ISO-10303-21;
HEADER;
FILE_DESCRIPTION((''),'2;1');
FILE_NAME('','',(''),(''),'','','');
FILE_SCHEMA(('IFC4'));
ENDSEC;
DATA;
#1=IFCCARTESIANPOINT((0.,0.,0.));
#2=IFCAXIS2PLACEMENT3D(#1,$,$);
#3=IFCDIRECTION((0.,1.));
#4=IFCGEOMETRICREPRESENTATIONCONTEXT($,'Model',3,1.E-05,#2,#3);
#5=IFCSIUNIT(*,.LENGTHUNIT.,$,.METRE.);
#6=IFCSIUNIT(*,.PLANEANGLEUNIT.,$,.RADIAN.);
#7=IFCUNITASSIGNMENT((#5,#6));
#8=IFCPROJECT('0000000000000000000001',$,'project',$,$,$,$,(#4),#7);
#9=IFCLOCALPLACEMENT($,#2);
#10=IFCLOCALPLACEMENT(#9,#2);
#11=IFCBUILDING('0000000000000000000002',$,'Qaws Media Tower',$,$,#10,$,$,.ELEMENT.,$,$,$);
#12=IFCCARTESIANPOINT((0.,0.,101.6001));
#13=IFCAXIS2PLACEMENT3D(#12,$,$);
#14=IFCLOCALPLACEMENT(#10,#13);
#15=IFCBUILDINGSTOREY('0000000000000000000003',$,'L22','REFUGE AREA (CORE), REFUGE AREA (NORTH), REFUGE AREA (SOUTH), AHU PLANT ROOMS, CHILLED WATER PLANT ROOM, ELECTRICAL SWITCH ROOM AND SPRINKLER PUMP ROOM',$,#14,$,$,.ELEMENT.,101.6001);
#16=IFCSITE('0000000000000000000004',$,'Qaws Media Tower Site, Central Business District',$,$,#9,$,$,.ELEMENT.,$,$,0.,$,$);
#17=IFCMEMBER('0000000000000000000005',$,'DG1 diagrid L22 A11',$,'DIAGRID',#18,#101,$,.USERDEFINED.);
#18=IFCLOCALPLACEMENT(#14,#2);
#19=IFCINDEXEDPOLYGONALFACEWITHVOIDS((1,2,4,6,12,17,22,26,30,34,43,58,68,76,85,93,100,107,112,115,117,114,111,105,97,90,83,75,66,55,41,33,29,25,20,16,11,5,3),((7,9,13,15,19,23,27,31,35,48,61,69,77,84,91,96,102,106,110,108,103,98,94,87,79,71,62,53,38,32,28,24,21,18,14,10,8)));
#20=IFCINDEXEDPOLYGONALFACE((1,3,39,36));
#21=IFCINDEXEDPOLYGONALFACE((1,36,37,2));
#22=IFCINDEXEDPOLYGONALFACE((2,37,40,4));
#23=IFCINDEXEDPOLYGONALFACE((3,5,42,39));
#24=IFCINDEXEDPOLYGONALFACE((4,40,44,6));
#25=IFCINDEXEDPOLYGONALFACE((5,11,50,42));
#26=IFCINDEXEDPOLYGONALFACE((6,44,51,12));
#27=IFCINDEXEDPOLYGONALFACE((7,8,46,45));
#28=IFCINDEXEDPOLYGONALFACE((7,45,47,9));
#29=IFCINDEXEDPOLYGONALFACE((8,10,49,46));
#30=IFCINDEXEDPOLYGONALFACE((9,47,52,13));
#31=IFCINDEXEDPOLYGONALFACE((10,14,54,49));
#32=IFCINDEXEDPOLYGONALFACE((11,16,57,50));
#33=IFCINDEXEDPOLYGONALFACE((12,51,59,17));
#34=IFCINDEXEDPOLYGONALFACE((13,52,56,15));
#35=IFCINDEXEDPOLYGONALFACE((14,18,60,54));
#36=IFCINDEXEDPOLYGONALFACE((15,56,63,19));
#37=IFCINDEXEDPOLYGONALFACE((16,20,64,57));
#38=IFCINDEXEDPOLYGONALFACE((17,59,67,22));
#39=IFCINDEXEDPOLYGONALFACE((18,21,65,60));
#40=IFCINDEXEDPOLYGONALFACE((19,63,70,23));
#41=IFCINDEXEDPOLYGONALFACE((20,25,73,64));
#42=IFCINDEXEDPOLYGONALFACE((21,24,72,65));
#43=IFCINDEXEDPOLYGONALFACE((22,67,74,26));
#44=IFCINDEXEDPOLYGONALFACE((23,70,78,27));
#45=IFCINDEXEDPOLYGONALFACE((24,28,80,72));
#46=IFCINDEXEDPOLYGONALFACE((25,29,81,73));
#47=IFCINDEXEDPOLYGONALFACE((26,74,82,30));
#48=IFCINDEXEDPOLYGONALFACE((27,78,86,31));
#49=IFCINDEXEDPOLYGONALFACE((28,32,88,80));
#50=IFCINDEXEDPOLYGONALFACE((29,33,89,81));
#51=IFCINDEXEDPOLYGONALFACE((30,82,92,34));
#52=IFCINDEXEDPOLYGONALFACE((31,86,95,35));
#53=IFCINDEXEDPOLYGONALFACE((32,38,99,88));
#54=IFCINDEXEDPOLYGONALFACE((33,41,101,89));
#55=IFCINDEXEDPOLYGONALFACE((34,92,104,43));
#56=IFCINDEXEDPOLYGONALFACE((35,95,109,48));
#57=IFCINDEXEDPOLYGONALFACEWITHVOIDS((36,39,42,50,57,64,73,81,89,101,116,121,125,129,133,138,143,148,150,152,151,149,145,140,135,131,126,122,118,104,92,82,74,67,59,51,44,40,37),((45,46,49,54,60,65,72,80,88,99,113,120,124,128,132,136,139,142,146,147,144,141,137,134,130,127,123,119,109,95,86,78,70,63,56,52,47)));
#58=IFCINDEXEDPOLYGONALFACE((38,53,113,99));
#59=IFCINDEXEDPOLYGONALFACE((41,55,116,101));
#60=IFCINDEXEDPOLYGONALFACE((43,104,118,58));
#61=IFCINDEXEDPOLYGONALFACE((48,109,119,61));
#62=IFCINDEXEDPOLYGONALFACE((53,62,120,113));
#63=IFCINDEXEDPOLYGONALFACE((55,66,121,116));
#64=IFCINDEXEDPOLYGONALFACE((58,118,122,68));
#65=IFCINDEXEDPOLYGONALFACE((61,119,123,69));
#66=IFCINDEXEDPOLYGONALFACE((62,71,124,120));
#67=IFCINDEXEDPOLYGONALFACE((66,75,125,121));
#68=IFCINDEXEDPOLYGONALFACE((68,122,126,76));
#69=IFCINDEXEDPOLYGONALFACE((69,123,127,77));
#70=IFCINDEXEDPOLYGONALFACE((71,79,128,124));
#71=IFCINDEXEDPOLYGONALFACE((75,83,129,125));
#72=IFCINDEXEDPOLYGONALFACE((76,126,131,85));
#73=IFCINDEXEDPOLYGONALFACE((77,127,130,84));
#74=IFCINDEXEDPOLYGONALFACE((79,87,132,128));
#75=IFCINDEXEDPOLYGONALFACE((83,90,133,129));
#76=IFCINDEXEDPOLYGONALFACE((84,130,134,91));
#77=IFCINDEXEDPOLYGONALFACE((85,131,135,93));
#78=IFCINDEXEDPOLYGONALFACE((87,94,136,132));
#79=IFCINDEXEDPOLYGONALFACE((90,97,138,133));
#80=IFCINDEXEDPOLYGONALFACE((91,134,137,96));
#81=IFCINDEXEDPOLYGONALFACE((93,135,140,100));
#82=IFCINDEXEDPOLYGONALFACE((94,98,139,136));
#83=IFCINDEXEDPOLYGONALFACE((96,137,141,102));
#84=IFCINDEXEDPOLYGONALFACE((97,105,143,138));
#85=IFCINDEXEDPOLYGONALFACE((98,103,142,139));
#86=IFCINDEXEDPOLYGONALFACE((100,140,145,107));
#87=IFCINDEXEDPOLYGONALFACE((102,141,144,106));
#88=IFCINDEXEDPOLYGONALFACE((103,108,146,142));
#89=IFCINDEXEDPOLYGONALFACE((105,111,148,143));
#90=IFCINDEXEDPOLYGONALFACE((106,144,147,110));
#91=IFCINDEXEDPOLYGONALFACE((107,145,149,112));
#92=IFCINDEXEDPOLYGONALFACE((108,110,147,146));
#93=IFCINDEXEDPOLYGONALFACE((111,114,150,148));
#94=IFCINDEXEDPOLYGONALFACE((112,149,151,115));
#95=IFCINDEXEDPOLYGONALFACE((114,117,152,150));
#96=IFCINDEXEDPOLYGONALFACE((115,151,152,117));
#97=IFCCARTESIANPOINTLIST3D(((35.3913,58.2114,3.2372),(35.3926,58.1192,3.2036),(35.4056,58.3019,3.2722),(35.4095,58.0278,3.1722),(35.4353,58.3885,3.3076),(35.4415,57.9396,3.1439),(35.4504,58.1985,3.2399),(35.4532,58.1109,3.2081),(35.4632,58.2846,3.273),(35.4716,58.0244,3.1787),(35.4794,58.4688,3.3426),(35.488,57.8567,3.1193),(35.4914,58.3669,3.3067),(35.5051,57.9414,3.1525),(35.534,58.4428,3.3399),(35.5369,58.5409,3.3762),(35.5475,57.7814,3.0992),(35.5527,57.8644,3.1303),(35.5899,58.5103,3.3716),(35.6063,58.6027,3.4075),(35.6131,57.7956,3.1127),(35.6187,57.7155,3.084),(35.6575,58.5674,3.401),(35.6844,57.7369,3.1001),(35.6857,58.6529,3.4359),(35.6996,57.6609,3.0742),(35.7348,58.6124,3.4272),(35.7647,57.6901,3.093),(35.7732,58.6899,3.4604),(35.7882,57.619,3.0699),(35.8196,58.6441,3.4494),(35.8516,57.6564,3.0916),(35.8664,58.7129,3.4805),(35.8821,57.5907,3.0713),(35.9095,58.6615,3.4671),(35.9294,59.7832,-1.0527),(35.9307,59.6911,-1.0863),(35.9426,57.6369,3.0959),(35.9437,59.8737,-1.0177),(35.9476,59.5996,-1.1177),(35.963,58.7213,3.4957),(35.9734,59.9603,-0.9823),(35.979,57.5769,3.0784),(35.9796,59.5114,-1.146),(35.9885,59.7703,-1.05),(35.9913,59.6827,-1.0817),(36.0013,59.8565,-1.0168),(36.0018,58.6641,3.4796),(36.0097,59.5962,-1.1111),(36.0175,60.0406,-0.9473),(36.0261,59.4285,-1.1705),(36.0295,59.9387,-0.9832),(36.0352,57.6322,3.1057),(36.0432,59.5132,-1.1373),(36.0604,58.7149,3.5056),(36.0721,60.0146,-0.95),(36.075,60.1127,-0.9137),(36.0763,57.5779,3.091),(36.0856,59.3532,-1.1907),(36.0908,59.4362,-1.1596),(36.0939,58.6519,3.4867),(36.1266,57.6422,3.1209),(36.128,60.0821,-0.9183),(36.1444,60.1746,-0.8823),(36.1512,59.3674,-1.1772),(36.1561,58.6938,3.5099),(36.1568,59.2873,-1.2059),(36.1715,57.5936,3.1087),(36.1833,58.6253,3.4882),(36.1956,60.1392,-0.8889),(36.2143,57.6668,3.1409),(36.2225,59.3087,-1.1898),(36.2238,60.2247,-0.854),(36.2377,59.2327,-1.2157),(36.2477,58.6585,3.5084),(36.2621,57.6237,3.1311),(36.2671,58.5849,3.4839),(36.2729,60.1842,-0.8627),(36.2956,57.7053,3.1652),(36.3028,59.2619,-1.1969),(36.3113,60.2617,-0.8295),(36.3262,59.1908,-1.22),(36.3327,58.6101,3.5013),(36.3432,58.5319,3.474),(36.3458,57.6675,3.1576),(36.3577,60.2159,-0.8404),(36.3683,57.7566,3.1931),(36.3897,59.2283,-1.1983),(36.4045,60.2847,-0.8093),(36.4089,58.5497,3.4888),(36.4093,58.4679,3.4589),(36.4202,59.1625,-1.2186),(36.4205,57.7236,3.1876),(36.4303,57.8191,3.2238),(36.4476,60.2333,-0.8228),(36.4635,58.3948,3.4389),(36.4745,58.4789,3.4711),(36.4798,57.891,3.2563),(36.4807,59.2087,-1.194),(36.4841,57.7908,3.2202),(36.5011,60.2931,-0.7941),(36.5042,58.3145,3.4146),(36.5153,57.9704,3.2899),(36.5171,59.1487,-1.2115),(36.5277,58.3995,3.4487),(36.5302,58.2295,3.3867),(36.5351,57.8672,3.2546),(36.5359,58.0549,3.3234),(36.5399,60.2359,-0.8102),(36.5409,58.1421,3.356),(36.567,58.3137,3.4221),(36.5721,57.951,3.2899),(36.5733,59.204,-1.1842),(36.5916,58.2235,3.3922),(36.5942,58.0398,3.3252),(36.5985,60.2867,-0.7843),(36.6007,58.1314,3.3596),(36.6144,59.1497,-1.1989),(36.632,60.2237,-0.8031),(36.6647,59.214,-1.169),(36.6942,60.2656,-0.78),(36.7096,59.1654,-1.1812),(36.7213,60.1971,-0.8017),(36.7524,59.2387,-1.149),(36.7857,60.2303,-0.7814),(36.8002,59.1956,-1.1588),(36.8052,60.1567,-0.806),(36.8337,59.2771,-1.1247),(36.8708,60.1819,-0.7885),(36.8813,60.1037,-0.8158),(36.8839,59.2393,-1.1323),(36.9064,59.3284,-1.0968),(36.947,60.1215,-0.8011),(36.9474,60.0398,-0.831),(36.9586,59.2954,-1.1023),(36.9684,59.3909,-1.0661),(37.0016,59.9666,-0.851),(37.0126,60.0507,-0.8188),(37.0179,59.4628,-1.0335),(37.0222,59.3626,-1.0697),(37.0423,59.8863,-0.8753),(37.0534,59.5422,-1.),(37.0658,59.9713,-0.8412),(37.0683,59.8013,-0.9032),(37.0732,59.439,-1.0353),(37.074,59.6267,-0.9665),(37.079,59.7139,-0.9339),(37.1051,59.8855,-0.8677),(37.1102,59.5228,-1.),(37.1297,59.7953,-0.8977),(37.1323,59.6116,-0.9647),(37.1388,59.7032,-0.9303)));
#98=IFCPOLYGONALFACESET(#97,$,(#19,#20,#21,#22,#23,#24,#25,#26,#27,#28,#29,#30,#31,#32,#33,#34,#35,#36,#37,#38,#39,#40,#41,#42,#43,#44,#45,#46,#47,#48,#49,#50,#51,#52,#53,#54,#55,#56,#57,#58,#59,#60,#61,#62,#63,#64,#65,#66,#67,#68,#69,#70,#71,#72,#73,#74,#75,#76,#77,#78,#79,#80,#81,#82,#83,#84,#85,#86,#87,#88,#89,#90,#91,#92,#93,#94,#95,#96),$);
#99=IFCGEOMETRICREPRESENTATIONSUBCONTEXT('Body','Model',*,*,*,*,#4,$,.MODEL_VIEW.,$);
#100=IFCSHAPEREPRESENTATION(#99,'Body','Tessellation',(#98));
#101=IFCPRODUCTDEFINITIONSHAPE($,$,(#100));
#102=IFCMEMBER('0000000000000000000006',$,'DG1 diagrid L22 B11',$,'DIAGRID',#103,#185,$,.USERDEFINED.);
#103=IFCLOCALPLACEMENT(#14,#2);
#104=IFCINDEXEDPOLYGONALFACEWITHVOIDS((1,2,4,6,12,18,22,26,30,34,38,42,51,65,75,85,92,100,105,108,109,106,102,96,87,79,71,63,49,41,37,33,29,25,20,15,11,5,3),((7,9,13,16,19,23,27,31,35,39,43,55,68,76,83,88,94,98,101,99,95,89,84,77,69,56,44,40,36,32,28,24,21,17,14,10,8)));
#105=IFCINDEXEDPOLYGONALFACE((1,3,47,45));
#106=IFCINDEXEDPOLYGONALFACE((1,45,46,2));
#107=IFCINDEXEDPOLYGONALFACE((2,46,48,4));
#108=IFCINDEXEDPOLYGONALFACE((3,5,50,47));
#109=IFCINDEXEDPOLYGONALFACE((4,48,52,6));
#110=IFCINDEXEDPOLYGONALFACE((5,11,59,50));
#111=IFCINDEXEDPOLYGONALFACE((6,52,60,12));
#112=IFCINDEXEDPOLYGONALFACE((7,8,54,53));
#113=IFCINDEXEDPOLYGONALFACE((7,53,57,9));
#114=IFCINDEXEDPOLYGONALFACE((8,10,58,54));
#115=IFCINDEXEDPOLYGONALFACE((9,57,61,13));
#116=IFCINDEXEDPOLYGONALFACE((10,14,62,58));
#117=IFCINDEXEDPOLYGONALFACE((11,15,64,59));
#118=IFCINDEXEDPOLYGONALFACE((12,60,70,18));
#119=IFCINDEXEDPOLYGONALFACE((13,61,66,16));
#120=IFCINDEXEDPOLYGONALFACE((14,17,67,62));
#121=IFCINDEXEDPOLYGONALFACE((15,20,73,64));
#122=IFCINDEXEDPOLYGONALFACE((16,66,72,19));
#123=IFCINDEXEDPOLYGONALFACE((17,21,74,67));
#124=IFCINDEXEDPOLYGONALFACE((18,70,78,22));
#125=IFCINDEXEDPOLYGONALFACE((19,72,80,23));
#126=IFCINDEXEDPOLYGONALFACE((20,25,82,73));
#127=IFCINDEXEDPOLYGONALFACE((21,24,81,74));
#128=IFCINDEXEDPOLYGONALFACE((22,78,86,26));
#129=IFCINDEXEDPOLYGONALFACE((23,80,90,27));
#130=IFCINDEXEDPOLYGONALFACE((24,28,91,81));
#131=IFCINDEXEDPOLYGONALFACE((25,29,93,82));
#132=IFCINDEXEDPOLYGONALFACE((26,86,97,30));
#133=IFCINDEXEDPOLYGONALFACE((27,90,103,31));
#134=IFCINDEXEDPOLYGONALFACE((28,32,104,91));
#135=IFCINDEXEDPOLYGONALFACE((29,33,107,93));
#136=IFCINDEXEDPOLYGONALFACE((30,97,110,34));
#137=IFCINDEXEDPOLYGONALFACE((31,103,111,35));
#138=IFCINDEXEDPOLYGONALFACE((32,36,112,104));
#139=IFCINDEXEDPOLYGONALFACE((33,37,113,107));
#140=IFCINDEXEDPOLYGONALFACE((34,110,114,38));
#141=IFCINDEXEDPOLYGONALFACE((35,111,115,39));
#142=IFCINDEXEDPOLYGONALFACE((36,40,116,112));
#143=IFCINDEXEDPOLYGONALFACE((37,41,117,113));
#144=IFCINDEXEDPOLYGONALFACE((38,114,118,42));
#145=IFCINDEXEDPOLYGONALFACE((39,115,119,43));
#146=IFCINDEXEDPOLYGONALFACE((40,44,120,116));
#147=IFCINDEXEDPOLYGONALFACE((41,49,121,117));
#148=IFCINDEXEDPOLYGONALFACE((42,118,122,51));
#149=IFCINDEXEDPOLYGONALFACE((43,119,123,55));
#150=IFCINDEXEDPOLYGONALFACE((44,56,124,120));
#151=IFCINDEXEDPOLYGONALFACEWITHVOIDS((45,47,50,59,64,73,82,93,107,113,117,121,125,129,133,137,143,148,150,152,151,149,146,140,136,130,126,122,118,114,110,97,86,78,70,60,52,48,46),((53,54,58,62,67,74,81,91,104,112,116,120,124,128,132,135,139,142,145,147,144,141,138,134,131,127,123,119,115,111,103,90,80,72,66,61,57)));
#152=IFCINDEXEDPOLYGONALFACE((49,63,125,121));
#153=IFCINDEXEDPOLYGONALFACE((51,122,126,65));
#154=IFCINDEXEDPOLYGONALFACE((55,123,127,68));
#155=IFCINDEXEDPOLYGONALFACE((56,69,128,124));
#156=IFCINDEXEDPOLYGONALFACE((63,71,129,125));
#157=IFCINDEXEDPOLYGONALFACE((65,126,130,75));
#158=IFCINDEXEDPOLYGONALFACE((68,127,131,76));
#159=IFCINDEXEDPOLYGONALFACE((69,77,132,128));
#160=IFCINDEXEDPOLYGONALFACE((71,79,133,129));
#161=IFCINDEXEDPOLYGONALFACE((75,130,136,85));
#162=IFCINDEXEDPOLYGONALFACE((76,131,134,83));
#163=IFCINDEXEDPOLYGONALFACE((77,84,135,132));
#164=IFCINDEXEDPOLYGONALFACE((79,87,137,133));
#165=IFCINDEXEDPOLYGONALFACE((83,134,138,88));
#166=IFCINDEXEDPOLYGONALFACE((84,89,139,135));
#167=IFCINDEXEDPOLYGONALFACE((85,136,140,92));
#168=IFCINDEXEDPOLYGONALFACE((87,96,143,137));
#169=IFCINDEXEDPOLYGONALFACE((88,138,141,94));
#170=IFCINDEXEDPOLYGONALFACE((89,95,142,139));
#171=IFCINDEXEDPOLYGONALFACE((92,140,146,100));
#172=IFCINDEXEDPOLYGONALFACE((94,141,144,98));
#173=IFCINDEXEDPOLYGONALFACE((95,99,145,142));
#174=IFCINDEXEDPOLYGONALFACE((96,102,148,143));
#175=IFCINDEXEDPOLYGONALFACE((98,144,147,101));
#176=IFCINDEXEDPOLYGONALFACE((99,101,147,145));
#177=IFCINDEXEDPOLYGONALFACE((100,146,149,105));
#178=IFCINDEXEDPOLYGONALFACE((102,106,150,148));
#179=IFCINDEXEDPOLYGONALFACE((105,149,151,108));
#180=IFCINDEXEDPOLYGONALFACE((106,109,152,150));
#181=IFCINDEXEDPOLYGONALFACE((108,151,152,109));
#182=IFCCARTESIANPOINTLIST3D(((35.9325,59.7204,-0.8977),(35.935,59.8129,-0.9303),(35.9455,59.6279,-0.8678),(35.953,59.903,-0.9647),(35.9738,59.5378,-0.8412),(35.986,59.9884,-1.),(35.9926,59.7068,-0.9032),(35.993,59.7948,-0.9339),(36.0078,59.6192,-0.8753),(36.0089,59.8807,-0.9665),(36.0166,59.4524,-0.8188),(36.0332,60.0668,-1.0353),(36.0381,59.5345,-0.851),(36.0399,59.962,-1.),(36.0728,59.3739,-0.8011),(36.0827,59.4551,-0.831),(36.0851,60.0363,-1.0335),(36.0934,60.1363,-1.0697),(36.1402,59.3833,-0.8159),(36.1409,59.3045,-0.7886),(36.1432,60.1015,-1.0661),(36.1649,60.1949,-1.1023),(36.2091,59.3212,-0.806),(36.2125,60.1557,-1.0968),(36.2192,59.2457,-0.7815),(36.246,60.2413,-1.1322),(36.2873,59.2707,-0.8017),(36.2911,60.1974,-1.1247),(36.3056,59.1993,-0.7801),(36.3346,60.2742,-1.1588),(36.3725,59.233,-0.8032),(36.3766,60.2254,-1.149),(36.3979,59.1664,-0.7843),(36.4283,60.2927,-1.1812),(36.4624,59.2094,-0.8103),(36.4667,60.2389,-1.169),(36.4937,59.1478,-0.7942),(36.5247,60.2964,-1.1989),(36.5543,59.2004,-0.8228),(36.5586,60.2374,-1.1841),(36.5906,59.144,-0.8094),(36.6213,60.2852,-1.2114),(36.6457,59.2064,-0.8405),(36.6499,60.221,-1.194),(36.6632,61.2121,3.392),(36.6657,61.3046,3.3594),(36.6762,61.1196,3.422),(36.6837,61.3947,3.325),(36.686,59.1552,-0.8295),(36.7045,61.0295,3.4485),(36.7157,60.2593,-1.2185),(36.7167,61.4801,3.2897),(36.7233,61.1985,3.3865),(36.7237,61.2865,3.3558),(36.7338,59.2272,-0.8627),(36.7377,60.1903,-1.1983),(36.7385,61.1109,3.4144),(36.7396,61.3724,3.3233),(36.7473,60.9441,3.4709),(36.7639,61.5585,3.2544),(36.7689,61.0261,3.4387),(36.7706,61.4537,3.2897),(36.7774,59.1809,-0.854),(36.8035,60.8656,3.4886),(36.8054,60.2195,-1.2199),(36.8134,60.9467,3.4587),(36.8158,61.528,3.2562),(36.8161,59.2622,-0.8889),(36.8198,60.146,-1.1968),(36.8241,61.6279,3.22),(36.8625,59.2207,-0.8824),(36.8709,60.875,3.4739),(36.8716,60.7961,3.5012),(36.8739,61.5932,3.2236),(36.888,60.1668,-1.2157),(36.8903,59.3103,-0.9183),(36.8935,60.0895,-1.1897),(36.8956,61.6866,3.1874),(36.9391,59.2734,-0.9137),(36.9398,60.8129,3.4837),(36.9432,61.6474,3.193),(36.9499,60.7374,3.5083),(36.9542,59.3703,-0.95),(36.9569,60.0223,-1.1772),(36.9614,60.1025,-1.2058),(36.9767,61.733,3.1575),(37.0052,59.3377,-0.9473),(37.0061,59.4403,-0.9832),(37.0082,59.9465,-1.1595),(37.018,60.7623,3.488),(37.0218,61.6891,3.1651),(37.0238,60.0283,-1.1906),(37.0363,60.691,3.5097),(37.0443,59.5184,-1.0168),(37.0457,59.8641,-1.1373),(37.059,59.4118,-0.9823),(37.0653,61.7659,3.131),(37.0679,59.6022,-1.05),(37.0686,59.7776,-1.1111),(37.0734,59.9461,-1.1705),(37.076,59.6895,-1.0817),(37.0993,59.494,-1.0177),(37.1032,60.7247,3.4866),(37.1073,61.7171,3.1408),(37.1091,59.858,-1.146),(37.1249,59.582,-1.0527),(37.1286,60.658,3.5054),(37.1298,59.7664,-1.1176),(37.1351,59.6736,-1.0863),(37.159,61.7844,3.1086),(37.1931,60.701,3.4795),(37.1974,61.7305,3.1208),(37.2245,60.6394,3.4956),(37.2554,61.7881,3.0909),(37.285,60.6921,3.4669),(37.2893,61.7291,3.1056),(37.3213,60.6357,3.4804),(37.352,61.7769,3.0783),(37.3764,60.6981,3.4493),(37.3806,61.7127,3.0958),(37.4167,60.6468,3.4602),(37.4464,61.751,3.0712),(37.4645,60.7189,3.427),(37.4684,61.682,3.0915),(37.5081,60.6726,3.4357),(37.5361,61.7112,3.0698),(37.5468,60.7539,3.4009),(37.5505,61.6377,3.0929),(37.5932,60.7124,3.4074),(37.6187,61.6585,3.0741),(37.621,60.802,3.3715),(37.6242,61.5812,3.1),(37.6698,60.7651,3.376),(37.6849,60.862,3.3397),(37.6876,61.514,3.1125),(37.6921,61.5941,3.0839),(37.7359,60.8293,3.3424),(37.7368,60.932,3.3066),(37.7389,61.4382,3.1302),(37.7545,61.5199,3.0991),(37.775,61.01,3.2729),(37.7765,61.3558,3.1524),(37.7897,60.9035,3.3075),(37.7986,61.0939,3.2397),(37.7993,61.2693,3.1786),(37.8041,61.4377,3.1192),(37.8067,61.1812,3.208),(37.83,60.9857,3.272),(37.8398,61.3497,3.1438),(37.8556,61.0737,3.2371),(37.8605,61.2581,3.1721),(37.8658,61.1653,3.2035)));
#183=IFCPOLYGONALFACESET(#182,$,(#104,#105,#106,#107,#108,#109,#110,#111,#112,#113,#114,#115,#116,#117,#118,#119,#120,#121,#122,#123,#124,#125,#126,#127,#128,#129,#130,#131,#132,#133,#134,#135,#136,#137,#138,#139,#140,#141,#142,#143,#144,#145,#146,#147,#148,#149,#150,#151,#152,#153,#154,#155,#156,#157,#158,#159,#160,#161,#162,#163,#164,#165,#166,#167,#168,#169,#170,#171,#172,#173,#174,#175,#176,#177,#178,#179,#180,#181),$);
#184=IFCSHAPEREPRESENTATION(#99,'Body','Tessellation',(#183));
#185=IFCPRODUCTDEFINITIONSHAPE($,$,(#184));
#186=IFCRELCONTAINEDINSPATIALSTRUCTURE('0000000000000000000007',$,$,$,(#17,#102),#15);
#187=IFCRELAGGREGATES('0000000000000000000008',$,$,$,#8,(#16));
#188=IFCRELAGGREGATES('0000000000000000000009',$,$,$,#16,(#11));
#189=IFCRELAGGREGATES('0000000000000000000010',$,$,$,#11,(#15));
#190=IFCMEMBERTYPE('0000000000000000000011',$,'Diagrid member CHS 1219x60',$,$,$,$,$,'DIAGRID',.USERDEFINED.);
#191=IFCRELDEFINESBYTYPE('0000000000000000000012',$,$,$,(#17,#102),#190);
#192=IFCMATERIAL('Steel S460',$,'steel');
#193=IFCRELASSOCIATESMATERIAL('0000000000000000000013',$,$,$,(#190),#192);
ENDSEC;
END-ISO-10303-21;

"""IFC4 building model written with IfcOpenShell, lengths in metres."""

from ifc_helpers import new_model, si_unit, direction, frame, origin, origin_2d, place, context, subcontext, project, spatial, hollow_circle, extrude, material, material_profile, profile_set, type_object, element, save


model = new_model("IFC4")

# Units and contexts
model_context = context("Model", 3, precision=1e-05, world=origin(), true_north=direction((0.0, 1.0)))
body_context = subcontext(model_context, "Body", "Model", "MODEL_VIEW")
ifc_project = project(units=[si_unit("LENGTHUNIT", "METRE"), si_unit("PLANEANGLEUNIT", "RADIAN")], contexts=[model_context])

# Site, building, storey
site_placement = place(None, origin())
site = spatial("IfcSite", under=ifc_project, at=site_placement, Name="Qaws Media Tower Site, Central Business District", CompositionType="ELEMENT", RefElevation=0.0)
building_placement = place(site_placement, origin())
building = spatial("IfcBuilding", under=site, at=building_placement, Name="Qaws Media Tower", CompositionType="ELEMENT")
storey_placement = place(building_placement, frame((0.0, 0.0, 101.6001)))
storey = spatial("IfcBuildingStorey", under=building, at=storey_placement, Name="L22", Description="REFUGE AREA (CORE), REFUGE AREA (NORTH), REFUGE AREA (SOUTH), AHU PLANT ROOMS, CHILLED WATER PLANT ROOM, ELECTRICAL SWITCH ROOM AND SPRINKLER PUMP ROOM", CompositionType="ELEMENT", Elevation=101.6001)

# Members
ifc_material_1 = material(Name="Steel S460", Category="steel")
ifc_material_profile_1 = material_profile(ifc_material_1, hollow_circle(Radius=0.6096, WallThickness=0.0601, at=origin_2d()), Name="CHS 1219x60")
ifc_profile_set_1 = profile_set([ifc_material_profile_1], Name="Steel S460")
member_type_1 = type_object("IfcMemberType", Name="Diagrid member CHS 1219x60", ElementType="DIAGRID", PredefinedType="USERDEFINED", material=ifc_profile_set_1)
member_1_placement = place(storey_placement, frame((36.5334, 59.7202, -1.0), z_axis=(-0.116969, -0.341672, 0.932512), x_axis=(0.946095, -0.323888, 0.0)))
element("IfcMember", 1, at=member_1_placement, inside=storey, type_object=member_type_1, Name="DG1 diagrid L22 A11", ObjectType="DIAGRID", PredefinedType="USERDEFINED", context=body_context, shape_type="SweptSolid", body=[
    extrude(hollow_circle(Radius=0.6096, WallThickness=0.0601, at=origin_2d()), origin(), (0.0, 0.0, 1.0), 4.6003),
])
member_2_placement = place(storey_placement, frame((36.5334, 59.7202, -1.0), z_axis=(0.158845, 0.324271, 0.932532), x_axis=(-0.898043, 0.439909, 0.0)))
element("IfcMember", 2, at=member_2_placement, inside=storey, type_object=member_type_1, Name="DG1 diagrid L22 B11", ObjectType="DIAGRID", PredefinedType="USERDEFINED", context=body_context, shape_type="SweptSolid", body=[
    extrude(hollow_circle(Radius=0.6096, WallThickness=0.0601, at=origin_2d()), origin(), (0.0, 0.0, 1.0), 4.6001),
])

save(model, "model.ifc")
